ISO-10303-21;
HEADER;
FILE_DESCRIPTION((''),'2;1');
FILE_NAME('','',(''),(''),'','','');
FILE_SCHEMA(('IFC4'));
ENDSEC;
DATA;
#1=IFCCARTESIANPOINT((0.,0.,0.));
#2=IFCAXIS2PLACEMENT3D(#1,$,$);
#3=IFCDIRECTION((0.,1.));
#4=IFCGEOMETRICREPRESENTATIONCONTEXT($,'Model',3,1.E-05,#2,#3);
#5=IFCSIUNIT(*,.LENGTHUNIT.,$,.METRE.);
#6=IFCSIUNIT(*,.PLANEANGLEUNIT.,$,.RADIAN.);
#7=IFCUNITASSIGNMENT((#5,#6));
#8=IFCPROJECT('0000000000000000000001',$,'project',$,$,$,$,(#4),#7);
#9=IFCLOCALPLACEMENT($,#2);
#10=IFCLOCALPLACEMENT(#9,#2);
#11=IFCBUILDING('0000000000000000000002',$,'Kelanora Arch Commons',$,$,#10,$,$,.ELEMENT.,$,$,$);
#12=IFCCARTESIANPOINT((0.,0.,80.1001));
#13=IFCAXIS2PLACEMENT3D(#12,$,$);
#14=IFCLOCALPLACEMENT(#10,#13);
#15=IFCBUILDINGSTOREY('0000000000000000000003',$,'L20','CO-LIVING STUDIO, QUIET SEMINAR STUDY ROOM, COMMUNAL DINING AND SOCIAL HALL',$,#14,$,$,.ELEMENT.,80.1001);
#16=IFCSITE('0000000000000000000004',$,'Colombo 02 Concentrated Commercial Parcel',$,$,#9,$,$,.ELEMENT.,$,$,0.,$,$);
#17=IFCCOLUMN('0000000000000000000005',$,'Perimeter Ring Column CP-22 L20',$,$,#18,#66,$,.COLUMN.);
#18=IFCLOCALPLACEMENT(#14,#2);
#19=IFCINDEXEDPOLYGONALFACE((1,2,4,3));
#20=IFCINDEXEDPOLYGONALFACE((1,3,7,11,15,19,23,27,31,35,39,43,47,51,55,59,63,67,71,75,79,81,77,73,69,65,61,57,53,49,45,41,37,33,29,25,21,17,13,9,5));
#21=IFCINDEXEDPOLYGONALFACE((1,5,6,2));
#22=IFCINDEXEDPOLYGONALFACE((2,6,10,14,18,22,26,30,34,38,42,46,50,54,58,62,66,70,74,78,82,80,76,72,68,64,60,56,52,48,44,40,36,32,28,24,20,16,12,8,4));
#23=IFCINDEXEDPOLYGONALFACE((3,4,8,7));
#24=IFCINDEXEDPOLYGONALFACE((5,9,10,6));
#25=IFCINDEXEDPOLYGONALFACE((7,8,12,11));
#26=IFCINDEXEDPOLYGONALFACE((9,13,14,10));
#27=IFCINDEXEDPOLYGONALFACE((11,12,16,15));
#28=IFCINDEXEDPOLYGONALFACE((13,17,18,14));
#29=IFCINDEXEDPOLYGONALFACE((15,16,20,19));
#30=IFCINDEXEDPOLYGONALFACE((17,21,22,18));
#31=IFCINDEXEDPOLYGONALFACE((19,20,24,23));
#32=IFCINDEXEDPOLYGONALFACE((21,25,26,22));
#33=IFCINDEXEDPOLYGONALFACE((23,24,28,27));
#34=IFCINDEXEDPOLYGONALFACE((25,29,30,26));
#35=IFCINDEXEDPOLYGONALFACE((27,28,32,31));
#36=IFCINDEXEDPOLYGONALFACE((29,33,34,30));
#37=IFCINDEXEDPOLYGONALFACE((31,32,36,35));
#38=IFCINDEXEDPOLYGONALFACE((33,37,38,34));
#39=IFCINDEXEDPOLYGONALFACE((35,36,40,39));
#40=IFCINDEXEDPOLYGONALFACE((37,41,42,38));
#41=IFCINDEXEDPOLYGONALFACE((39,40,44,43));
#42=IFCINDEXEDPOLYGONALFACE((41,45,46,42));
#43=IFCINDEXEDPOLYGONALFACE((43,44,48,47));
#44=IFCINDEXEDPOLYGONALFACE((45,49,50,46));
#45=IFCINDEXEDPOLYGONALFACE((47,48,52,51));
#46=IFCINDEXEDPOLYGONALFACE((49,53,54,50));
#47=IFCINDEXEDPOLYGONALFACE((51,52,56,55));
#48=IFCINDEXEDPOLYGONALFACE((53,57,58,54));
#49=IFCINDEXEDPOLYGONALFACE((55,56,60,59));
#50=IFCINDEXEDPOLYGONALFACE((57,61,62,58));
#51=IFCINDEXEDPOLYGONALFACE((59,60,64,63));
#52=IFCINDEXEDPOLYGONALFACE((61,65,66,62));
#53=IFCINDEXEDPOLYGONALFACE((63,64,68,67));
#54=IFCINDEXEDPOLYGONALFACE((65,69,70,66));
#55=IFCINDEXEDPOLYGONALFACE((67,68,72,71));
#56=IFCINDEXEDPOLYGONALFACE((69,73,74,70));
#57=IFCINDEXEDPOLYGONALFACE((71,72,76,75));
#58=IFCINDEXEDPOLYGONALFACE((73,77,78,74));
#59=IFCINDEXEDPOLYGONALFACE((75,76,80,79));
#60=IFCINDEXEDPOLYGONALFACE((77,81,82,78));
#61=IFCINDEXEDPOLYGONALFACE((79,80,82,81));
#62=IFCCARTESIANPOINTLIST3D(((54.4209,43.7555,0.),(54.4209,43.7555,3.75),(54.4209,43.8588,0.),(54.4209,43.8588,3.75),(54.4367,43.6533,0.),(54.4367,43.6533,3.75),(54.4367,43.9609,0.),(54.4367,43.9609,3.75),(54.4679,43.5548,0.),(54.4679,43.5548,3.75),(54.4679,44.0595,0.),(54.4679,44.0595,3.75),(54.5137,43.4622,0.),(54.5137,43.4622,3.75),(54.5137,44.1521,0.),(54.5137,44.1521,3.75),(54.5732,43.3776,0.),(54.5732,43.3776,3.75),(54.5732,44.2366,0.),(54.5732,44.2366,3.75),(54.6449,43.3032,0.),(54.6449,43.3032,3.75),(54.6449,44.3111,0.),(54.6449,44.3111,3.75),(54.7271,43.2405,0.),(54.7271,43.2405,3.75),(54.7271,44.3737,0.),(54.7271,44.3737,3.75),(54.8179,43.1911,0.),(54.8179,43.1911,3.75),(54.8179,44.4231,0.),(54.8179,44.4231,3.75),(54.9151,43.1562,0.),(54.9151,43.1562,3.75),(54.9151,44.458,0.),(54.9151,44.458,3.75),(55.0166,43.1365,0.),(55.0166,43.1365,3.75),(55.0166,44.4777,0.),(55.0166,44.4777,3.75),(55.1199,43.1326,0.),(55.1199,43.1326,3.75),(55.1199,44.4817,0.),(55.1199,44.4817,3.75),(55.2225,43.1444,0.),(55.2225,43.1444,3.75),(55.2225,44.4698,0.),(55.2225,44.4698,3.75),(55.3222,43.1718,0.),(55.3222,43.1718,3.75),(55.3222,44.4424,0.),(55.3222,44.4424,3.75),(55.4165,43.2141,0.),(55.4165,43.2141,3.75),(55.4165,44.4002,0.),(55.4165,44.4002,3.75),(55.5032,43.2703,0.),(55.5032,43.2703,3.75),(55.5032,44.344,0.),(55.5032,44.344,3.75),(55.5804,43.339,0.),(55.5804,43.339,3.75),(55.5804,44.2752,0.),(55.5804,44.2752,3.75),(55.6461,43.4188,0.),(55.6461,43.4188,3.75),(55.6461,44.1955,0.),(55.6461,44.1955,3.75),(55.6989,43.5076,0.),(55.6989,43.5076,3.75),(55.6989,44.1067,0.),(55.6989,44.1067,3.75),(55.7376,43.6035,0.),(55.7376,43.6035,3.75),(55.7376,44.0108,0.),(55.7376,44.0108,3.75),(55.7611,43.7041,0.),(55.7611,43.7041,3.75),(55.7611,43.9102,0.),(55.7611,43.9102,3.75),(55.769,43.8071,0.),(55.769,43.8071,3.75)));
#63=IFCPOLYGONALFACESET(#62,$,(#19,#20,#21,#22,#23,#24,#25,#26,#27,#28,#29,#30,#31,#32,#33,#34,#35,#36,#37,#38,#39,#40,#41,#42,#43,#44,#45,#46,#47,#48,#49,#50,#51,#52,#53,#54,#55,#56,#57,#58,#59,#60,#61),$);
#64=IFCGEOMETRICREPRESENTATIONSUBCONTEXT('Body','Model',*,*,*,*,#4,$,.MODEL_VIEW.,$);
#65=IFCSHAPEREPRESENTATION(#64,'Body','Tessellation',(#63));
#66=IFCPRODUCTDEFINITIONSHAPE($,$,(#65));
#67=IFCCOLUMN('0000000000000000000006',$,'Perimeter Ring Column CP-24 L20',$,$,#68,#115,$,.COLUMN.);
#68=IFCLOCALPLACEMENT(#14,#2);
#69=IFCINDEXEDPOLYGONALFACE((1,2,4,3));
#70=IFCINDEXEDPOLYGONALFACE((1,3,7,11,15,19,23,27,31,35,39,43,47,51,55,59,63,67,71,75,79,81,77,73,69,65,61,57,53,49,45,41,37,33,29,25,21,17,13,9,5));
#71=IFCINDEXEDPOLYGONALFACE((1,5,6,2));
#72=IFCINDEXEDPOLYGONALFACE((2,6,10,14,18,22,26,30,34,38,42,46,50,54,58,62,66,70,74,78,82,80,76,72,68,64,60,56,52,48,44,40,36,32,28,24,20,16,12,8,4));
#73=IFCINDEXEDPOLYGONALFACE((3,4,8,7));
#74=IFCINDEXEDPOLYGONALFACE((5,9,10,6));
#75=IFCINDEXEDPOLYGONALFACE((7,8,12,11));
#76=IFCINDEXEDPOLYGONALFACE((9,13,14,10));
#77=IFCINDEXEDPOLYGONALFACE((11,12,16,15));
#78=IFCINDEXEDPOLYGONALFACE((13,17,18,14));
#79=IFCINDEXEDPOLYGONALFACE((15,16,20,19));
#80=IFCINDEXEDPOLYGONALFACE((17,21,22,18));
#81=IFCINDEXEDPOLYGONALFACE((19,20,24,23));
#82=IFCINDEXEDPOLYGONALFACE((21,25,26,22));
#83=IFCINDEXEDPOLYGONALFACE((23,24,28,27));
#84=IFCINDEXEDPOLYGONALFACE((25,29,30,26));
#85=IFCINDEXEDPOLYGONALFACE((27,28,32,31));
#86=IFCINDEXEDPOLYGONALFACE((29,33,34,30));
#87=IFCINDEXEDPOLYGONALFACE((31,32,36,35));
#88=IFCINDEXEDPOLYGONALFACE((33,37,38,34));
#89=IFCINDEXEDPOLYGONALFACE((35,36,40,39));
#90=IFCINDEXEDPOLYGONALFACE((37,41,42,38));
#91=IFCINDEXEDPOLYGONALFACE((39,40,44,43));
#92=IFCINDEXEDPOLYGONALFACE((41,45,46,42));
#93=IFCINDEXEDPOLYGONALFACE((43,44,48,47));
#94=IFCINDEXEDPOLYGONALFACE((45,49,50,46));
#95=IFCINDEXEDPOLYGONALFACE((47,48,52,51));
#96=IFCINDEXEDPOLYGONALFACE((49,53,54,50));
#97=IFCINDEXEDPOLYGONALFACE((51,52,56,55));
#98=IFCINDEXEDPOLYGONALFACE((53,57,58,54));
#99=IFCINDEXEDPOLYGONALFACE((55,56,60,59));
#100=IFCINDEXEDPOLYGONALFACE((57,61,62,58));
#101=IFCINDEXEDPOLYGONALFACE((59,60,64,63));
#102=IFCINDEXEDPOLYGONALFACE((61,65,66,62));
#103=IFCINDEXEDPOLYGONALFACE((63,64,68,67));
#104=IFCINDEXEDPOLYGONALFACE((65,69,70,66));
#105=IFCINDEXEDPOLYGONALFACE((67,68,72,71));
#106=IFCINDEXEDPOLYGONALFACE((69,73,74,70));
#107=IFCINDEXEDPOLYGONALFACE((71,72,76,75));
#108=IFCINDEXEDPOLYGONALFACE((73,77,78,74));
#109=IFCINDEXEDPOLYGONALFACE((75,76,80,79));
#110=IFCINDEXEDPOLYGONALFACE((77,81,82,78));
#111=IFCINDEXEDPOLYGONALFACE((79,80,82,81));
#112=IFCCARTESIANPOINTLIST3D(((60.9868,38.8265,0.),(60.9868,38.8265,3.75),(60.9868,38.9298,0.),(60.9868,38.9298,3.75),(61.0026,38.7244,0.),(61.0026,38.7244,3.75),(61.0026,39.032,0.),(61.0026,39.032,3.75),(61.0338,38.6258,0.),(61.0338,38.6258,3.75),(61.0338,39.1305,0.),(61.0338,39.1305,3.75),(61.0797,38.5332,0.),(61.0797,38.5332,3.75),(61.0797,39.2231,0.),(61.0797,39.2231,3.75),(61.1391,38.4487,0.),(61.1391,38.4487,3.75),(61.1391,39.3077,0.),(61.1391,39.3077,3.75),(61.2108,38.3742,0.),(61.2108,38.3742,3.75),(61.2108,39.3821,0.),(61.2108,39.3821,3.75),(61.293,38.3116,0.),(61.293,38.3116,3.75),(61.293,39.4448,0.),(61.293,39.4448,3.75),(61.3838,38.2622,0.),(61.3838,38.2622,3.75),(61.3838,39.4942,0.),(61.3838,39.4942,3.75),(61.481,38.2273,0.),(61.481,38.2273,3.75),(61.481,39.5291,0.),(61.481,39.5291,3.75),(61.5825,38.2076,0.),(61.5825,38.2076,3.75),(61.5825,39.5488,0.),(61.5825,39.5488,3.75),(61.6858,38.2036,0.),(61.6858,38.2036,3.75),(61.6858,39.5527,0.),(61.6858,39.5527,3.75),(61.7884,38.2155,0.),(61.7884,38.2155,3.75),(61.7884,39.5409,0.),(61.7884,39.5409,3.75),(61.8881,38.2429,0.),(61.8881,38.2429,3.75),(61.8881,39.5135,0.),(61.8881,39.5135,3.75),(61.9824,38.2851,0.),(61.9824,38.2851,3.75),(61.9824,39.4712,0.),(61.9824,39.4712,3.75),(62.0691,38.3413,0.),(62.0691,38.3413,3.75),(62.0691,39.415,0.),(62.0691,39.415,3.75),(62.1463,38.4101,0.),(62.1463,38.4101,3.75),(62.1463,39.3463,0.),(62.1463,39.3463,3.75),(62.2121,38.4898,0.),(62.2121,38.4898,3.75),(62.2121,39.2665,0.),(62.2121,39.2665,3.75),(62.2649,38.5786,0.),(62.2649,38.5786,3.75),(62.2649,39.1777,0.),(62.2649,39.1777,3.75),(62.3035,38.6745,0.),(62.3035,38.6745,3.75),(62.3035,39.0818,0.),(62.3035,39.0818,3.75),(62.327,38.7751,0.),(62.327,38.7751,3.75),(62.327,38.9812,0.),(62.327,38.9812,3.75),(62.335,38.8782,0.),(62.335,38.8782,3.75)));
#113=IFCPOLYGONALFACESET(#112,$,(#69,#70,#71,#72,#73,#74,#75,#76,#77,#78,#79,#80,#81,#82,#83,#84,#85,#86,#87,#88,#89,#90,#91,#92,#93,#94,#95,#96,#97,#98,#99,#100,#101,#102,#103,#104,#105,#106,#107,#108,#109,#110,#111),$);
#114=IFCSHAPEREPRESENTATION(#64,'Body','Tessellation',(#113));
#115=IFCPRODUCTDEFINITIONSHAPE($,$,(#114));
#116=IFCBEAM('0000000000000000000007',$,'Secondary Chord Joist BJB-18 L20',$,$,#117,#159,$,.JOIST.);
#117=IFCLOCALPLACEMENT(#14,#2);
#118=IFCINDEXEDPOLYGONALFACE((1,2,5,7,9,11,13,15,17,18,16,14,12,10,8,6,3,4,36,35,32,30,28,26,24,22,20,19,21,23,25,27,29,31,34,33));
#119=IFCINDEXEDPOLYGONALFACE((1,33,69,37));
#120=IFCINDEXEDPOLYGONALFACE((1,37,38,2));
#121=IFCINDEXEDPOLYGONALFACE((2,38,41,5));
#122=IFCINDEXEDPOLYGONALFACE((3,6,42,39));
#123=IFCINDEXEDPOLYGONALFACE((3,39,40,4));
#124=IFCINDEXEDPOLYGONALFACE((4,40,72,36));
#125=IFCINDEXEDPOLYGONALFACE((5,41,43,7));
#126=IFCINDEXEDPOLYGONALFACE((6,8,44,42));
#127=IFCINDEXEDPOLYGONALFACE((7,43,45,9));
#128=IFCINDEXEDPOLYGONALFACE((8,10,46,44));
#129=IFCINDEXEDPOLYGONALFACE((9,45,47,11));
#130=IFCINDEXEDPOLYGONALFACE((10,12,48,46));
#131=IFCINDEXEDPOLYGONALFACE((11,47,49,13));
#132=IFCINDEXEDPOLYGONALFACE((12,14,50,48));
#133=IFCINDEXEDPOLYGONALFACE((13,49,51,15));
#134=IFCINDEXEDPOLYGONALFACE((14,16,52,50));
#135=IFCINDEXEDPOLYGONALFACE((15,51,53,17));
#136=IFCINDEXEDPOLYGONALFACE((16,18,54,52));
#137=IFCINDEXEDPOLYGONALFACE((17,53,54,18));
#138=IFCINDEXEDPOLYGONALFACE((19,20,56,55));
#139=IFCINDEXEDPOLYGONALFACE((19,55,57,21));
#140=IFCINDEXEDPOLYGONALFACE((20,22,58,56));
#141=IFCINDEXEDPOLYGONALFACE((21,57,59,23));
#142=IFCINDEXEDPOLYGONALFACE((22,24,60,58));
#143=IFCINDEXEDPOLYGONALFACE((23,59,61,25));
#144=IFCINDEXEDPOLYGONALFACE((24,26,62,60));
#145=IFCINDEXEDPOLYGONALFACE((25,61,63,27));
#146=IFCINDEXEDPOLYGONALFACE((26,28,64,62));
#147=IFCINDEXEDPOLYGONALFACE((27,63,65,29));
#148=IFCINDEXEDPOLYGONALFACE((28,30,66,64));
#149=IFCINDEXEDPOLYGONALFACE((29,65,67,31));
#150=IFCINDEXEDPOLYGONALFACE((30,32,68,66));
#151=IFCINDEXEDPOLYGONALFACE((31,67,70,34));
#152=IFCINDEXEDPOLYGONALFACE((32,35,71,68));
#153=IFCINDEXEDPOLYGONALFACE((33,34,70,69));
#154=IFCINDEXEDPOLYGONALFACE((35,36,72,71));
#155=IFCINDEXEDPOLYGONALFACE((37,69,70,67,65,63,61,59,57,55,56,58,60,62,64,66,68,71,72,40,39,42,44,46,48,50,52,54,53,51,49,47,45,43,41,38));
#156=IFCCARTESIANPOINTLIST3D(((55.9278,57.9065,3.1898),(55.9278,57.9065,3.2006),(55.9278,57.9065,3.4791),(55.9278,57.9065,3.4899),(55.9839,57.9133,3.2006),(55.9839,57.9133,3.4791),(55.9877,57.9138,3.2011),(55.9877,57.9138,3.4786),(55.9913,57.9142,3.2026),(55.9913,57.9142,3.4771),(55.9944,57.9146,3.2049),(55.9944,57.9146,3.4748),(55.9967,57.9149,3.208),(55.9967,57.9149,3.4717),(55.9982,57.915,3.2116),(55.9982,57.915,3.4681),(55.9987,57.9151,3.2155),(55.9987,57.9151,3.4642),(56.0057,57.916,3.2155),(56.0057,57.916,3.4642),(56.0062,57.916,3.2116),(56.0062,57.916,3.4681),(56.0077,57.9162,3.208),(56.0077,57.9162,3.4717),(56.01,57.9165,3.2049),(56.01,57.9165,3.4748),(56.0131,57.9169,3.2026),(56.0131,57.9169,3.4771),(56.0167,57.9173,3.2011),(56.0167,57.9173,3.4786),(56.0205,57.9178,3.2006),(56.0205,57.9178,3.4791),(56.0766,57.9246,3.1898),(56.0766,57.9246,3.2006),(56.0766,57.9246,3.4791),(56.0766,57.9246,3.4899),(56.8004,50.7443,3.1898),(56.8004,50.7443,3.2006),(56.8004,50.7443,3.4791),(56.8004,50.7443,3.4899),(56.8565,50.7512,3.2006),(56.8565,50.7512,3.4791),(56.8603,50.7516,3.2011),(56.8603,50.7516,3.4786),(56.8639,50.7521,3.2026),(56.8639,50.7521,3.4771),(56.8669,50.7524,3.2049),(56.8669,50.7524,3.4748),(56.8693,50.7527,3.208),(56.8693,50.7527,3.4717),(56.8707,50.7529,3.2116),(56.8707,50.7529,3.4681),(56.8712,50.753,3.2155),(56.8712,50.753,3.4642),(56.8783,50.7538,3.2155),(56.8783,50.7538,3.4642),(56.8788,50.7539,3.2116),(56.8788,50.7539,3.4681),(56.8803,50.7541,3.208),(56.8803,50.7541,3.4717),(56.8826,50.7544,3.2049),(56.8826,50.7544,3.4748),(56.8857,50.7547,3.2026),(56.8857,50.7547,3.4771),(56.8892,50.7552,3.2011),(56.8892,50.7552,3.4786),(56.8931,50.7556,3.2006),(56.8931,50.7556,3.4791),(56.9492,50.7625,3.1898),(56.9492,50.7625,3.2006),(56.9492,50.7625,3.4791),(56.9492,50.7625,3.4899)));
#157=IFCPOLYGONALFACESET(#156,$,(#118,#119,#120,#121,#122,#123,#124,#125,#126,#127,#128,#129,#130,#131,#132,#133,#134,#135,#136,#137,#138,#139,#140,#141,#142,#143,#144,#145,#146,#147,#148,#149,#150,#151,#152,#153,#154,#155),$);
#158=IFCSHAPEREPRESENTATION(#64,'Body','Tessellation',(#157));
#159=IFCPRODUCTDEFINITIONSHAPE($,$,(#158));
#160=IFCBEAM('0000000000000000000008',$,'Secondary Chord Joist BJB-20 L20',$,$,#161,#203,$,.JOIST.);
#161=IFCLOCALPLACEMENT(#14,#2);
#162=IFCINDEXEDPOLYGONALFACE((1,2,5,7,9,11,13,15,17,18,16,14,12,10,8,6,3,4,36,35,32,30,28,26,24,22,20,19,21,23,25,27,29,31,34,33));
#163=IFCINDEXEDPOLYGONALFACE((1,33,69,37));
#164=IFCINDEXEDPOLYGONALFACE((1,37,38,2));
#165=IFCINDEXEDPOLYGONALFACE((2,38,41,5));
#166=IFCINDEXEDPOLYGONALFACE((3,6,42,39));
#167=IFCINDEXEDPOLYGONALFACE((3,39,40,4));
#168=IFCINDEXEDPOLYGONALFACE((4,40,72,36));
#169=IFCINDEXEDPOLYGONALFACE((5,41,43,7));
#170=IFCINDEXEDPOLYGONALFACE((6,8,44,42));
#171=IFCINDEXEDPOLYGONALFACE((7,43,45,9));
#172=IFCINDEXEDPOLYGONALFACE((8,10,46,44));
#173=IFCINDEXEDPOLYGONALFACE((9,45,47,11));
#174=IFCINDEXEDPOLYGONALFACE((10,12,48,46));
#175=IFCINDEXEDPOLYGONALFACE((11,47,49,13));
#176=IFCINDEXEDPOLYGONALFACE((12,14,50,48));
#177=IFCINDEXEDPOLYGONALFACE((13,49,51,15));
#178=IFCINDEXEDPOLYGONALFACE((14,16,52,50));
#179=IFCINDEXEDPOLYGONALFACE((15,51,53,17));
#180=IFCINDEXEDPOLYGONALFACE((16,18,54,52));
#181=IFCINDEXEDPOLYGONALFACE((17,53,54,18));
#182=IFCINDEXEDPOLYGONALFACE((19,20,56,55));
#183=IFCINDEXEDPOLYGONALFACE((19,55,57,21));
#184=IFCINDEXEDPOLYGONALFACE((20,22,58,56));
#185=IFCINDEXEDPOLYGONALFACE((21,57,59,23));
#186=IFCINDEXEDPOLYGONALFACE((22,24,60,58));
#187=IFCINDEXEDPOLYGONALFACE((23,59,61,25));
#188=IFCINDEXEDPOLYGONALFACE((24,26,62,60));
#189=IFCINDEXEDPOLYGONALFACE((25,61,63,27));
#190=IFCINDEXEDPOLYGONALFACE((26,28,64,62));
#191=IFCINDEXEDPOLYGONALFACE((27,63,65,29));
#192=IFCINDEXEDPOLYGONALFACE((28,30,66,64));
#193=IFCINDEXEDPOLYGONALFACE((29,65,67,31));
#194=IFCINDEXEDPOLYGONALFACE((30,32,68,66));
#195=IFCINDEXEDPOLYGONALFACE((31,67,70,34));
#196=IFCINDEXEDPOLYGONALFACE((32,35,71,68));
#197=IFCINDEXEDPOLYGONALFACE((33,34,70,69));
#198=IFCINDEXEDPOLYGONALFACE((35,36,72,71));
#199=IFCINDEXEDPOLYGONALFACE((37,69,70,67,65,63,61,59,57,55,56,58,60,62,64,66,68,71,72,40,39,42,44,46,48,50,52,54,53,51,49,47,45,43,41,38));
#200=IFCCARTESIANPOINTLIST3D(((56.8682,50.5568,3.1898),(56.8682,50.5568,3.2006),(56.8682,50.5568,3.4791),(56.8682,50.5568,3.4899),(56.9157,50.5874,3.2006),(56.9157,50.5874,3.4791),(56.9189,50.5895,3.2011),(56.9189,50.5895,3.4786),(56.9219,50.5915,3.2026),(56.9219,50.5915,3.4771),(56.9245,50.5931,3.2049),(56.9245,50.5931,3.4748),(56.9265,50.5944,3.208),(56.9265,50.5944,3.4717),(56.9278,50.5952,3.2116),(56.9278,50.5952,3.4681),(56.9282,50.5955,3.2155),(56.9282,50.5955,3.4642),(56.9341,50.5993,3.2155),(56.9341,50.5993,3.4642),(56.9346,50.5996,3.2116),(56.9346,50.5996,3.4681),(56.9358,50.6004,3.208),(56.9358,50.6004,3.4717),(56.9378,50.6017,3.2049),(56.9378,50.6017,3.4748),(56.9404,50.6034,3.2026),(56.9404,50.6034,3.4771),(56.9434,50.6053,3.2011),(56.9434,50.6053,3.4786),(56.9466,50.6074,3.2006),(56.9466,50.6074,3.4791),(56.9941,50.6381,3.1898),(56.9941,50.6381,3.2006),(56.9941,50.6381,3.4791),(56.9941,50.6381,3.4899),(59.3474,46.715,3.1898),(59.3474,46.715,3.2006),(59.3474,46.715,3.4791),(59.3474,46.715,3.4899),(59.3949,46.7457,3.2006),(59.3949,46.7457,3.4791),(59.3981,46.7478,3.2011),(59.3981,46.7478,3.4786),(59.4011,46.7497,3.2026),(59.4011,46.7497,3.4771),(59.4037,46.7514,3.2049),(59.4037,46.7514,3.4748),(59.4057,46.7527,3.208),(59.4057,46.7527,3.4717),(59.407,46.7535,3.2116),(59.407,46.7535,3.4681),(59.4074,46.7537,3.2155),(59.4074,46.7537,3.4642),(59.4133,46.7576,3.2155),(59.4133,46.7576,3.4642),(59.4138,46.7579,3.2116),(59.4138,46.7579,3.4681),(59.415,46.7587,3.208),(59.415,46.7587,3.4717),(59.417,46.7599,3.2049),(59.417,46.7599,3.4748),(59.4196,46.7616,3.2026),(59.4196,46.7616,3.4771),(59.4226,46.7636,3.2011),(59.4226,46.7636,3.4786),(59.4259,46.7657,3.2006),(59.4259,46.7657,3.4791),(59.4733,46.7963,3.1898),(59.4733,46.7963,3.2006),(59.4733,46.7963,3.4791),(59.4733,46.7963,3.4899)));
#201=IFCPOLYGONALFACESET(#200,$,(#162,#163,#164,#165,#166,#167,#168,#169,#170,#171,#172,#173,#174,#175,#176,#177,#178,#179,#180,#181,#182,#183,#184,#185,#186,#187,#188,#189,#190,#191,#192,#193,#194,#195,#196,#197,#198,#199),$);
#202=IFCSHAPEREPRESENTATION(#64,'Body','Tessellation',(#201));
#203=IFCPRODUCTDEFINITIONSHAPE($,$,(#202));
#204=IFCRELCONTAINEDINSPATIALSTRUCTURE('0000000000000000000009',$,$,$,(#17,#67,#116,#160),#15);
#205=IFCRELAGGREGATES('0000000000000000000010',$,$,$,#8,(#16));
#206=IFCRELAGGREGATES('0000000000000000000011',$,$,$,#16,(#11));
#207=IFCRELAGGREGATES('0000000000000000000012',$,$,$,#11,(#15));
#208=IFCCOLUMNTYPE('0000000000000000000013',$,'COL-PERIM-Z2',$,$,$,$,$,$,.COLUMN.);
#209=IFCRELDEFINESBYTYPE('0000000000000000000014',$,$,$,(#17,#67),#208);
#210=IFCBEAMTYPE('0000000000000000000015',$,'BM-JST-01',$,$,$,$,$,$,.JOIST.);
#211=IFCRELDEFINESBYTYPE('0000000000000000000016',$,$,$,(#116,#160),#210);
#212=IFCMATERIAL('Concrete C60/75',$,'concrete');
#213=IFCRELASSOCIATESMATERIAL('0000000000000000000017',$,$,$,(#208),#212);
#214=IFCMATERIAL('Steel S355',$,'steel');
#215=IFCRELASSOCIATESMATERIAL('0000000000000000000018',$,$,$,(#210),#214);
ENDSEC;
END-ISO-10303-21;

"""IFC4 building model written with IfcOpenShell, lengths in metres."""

from ifc_helpers import new_model, si_unit, direction, frame, origin, origin_2d, place, context, subcontext, project, spatial, circle, i_section, extrude, material, material_profile, profile_set, type_object, element, save


model = new_model("IFC4")

# Units and contexts
model_context = context("Model", 3, precision=1e-05, world=origin(), true_north=direction((0.0, 1.0)))
body_context = subcontext(model_context, "Body", "Model", "MODEL_VIEW")
ifc_project = project(units=[si_unit("LENGTHUNIT", "METRE"), si_unit("PLANEANGLEUNIT", "RADIAN")], contexts=[model_context])

# Site, building, storey
site_placement = place(None, origin())
site = spatial("IfcSite", under=ifc_project, at=site_placement, Name="Colombo 02 Concentrated Commercial Parcel", CompositionType="ELEMENT", RefElevation=0.0)
building_placement = place(site_placement, origin())
building = spatial("IfcBuilding", under=site, at=building_placement, Name="Kelanora Arch Commons", CompositionType="ELEMENT")
storey_placement = place(building_placement, frame((0.0, 0.0, 80.1001)))
storey = spatial("IfcBuildingStorey", under=building, at=storey_placement, Name="L20", Description="CO-LIVING STUDIO, QUIET SEMINAR STUDY ROOM, COMMUNAL DINING AND SOCIAL HALL", CompositionType="ELEMENT", Elevation=80.1001)

# Columns
ifc_material_1 = material(Name="Concrete C60/75", Category="concrete")
ifc_material_profile_1 = material_profile(ifc_material_1, circle(Radius=0.675, at=origin_2d()), Name="RCC1350")
ifc_profile_set_1 = profile_set([ifc_material_profile_1], Name="Concrete C60/75")
column_type = type_object("IfcColumnType", Name="COL-PERIM-Z2", PredefinedType="COLUMN", material=ifc_profile_set_1)
for number, where, z_axis, x_axis, name in (
    (1, (55.094, 43.8071, 0.0), (0.0, 0.0, 1.0), (1.0, 0.0, 0.0), "Perimeter Ring Column CP-22 L20"),
    (2, (61.6599, 38.8782, 0.0), (0.0, 0.0, 1.0), (1.0, 0.0, 0.0), "Perimeter Ring Column CP-24 L20"),
):
    element("IfcColumn", number, at=place(storey_placement, frame(where, z_axis=z_axis, x_axis=x_axis)), inside=storey, type_object=column_type, Name=name, PredefinedType="COLUMN", context=body_context, shape_type="SweptSolid", body=[
        extrude(circle(Radius=0.675, at=origin_2d()), origin(), (0.0, 0.0, 1.0), 3.75),
    ])

# Beams
ifc_material_2 = material(Name="Steel S355", Category="steel")
ifc_material_profile_2 = material_profile(ifc_material_2, i_section(OverallWidth=0.1499, OverallDepth=0.3, WebThickness=0.0071, FlangeThickness=0.0107, FilletRadius=0.0149, at=origin_2d()), Name="IPE300")
ifc_profile_set_2 = profile_set([ifc_material_profile_2], Name="Steel S355")
beam_type_1 = type_object("IfcBeamType", Name="BM-JST-01", PredefinedType="JOIST", material=ifc_profile_set_2)
beam_1_placement = place(storey_placement, frame((56.0022, 57.9155, 3.3398), z_axis=(0.120936, -0.99266, 0.0), x_axis=(0.99266, 0.120936, 0.0)))
element("IfcBeam", 3, at=beam_1_placement, inside=storey, type_object=beam_type_1, Name="Secondary Chord Joist BJB-18 L20", PredefinedType="JOIST", context=body_context, shape_type="SweptSolid", body=[
    extrude(i_section(OverallWidth=0.1499, OverallDepth=0.3, WebThickness=0.0071, FlangeThickness=0.0107, FilletRadius=0.0149, at=origin_2d()), origin(), (0.0, 0.0, 1.0), 7.2151),
])
beam_2_placement = place(storey_placement, frame((56.9312, 50.5974, 3.3398), z_axis=(0.54223, -0.84023, 0.0), x_axis=(0.84023, 0.54223, 0.0)))
element("IfcBeam", 4, at=beam_2_placement, inside=storey, type_object=beam_type_1, Name="Secondary Chord Joist BJB-20 L20", PredefinedType="JOIST", context=body_context, shape_type="SweptSolid", body=[
    extrude(i_section(OverallWidth=0.1499, OverallDepth=0.3, WebThickness=0.0071, FlangeThickness=0.0107, FilletRadius=0.0149, at=origin_2d()), origin(), (0.0, 0.0, 1.0), 4.5723),
])

save(model, "model.ifc")
